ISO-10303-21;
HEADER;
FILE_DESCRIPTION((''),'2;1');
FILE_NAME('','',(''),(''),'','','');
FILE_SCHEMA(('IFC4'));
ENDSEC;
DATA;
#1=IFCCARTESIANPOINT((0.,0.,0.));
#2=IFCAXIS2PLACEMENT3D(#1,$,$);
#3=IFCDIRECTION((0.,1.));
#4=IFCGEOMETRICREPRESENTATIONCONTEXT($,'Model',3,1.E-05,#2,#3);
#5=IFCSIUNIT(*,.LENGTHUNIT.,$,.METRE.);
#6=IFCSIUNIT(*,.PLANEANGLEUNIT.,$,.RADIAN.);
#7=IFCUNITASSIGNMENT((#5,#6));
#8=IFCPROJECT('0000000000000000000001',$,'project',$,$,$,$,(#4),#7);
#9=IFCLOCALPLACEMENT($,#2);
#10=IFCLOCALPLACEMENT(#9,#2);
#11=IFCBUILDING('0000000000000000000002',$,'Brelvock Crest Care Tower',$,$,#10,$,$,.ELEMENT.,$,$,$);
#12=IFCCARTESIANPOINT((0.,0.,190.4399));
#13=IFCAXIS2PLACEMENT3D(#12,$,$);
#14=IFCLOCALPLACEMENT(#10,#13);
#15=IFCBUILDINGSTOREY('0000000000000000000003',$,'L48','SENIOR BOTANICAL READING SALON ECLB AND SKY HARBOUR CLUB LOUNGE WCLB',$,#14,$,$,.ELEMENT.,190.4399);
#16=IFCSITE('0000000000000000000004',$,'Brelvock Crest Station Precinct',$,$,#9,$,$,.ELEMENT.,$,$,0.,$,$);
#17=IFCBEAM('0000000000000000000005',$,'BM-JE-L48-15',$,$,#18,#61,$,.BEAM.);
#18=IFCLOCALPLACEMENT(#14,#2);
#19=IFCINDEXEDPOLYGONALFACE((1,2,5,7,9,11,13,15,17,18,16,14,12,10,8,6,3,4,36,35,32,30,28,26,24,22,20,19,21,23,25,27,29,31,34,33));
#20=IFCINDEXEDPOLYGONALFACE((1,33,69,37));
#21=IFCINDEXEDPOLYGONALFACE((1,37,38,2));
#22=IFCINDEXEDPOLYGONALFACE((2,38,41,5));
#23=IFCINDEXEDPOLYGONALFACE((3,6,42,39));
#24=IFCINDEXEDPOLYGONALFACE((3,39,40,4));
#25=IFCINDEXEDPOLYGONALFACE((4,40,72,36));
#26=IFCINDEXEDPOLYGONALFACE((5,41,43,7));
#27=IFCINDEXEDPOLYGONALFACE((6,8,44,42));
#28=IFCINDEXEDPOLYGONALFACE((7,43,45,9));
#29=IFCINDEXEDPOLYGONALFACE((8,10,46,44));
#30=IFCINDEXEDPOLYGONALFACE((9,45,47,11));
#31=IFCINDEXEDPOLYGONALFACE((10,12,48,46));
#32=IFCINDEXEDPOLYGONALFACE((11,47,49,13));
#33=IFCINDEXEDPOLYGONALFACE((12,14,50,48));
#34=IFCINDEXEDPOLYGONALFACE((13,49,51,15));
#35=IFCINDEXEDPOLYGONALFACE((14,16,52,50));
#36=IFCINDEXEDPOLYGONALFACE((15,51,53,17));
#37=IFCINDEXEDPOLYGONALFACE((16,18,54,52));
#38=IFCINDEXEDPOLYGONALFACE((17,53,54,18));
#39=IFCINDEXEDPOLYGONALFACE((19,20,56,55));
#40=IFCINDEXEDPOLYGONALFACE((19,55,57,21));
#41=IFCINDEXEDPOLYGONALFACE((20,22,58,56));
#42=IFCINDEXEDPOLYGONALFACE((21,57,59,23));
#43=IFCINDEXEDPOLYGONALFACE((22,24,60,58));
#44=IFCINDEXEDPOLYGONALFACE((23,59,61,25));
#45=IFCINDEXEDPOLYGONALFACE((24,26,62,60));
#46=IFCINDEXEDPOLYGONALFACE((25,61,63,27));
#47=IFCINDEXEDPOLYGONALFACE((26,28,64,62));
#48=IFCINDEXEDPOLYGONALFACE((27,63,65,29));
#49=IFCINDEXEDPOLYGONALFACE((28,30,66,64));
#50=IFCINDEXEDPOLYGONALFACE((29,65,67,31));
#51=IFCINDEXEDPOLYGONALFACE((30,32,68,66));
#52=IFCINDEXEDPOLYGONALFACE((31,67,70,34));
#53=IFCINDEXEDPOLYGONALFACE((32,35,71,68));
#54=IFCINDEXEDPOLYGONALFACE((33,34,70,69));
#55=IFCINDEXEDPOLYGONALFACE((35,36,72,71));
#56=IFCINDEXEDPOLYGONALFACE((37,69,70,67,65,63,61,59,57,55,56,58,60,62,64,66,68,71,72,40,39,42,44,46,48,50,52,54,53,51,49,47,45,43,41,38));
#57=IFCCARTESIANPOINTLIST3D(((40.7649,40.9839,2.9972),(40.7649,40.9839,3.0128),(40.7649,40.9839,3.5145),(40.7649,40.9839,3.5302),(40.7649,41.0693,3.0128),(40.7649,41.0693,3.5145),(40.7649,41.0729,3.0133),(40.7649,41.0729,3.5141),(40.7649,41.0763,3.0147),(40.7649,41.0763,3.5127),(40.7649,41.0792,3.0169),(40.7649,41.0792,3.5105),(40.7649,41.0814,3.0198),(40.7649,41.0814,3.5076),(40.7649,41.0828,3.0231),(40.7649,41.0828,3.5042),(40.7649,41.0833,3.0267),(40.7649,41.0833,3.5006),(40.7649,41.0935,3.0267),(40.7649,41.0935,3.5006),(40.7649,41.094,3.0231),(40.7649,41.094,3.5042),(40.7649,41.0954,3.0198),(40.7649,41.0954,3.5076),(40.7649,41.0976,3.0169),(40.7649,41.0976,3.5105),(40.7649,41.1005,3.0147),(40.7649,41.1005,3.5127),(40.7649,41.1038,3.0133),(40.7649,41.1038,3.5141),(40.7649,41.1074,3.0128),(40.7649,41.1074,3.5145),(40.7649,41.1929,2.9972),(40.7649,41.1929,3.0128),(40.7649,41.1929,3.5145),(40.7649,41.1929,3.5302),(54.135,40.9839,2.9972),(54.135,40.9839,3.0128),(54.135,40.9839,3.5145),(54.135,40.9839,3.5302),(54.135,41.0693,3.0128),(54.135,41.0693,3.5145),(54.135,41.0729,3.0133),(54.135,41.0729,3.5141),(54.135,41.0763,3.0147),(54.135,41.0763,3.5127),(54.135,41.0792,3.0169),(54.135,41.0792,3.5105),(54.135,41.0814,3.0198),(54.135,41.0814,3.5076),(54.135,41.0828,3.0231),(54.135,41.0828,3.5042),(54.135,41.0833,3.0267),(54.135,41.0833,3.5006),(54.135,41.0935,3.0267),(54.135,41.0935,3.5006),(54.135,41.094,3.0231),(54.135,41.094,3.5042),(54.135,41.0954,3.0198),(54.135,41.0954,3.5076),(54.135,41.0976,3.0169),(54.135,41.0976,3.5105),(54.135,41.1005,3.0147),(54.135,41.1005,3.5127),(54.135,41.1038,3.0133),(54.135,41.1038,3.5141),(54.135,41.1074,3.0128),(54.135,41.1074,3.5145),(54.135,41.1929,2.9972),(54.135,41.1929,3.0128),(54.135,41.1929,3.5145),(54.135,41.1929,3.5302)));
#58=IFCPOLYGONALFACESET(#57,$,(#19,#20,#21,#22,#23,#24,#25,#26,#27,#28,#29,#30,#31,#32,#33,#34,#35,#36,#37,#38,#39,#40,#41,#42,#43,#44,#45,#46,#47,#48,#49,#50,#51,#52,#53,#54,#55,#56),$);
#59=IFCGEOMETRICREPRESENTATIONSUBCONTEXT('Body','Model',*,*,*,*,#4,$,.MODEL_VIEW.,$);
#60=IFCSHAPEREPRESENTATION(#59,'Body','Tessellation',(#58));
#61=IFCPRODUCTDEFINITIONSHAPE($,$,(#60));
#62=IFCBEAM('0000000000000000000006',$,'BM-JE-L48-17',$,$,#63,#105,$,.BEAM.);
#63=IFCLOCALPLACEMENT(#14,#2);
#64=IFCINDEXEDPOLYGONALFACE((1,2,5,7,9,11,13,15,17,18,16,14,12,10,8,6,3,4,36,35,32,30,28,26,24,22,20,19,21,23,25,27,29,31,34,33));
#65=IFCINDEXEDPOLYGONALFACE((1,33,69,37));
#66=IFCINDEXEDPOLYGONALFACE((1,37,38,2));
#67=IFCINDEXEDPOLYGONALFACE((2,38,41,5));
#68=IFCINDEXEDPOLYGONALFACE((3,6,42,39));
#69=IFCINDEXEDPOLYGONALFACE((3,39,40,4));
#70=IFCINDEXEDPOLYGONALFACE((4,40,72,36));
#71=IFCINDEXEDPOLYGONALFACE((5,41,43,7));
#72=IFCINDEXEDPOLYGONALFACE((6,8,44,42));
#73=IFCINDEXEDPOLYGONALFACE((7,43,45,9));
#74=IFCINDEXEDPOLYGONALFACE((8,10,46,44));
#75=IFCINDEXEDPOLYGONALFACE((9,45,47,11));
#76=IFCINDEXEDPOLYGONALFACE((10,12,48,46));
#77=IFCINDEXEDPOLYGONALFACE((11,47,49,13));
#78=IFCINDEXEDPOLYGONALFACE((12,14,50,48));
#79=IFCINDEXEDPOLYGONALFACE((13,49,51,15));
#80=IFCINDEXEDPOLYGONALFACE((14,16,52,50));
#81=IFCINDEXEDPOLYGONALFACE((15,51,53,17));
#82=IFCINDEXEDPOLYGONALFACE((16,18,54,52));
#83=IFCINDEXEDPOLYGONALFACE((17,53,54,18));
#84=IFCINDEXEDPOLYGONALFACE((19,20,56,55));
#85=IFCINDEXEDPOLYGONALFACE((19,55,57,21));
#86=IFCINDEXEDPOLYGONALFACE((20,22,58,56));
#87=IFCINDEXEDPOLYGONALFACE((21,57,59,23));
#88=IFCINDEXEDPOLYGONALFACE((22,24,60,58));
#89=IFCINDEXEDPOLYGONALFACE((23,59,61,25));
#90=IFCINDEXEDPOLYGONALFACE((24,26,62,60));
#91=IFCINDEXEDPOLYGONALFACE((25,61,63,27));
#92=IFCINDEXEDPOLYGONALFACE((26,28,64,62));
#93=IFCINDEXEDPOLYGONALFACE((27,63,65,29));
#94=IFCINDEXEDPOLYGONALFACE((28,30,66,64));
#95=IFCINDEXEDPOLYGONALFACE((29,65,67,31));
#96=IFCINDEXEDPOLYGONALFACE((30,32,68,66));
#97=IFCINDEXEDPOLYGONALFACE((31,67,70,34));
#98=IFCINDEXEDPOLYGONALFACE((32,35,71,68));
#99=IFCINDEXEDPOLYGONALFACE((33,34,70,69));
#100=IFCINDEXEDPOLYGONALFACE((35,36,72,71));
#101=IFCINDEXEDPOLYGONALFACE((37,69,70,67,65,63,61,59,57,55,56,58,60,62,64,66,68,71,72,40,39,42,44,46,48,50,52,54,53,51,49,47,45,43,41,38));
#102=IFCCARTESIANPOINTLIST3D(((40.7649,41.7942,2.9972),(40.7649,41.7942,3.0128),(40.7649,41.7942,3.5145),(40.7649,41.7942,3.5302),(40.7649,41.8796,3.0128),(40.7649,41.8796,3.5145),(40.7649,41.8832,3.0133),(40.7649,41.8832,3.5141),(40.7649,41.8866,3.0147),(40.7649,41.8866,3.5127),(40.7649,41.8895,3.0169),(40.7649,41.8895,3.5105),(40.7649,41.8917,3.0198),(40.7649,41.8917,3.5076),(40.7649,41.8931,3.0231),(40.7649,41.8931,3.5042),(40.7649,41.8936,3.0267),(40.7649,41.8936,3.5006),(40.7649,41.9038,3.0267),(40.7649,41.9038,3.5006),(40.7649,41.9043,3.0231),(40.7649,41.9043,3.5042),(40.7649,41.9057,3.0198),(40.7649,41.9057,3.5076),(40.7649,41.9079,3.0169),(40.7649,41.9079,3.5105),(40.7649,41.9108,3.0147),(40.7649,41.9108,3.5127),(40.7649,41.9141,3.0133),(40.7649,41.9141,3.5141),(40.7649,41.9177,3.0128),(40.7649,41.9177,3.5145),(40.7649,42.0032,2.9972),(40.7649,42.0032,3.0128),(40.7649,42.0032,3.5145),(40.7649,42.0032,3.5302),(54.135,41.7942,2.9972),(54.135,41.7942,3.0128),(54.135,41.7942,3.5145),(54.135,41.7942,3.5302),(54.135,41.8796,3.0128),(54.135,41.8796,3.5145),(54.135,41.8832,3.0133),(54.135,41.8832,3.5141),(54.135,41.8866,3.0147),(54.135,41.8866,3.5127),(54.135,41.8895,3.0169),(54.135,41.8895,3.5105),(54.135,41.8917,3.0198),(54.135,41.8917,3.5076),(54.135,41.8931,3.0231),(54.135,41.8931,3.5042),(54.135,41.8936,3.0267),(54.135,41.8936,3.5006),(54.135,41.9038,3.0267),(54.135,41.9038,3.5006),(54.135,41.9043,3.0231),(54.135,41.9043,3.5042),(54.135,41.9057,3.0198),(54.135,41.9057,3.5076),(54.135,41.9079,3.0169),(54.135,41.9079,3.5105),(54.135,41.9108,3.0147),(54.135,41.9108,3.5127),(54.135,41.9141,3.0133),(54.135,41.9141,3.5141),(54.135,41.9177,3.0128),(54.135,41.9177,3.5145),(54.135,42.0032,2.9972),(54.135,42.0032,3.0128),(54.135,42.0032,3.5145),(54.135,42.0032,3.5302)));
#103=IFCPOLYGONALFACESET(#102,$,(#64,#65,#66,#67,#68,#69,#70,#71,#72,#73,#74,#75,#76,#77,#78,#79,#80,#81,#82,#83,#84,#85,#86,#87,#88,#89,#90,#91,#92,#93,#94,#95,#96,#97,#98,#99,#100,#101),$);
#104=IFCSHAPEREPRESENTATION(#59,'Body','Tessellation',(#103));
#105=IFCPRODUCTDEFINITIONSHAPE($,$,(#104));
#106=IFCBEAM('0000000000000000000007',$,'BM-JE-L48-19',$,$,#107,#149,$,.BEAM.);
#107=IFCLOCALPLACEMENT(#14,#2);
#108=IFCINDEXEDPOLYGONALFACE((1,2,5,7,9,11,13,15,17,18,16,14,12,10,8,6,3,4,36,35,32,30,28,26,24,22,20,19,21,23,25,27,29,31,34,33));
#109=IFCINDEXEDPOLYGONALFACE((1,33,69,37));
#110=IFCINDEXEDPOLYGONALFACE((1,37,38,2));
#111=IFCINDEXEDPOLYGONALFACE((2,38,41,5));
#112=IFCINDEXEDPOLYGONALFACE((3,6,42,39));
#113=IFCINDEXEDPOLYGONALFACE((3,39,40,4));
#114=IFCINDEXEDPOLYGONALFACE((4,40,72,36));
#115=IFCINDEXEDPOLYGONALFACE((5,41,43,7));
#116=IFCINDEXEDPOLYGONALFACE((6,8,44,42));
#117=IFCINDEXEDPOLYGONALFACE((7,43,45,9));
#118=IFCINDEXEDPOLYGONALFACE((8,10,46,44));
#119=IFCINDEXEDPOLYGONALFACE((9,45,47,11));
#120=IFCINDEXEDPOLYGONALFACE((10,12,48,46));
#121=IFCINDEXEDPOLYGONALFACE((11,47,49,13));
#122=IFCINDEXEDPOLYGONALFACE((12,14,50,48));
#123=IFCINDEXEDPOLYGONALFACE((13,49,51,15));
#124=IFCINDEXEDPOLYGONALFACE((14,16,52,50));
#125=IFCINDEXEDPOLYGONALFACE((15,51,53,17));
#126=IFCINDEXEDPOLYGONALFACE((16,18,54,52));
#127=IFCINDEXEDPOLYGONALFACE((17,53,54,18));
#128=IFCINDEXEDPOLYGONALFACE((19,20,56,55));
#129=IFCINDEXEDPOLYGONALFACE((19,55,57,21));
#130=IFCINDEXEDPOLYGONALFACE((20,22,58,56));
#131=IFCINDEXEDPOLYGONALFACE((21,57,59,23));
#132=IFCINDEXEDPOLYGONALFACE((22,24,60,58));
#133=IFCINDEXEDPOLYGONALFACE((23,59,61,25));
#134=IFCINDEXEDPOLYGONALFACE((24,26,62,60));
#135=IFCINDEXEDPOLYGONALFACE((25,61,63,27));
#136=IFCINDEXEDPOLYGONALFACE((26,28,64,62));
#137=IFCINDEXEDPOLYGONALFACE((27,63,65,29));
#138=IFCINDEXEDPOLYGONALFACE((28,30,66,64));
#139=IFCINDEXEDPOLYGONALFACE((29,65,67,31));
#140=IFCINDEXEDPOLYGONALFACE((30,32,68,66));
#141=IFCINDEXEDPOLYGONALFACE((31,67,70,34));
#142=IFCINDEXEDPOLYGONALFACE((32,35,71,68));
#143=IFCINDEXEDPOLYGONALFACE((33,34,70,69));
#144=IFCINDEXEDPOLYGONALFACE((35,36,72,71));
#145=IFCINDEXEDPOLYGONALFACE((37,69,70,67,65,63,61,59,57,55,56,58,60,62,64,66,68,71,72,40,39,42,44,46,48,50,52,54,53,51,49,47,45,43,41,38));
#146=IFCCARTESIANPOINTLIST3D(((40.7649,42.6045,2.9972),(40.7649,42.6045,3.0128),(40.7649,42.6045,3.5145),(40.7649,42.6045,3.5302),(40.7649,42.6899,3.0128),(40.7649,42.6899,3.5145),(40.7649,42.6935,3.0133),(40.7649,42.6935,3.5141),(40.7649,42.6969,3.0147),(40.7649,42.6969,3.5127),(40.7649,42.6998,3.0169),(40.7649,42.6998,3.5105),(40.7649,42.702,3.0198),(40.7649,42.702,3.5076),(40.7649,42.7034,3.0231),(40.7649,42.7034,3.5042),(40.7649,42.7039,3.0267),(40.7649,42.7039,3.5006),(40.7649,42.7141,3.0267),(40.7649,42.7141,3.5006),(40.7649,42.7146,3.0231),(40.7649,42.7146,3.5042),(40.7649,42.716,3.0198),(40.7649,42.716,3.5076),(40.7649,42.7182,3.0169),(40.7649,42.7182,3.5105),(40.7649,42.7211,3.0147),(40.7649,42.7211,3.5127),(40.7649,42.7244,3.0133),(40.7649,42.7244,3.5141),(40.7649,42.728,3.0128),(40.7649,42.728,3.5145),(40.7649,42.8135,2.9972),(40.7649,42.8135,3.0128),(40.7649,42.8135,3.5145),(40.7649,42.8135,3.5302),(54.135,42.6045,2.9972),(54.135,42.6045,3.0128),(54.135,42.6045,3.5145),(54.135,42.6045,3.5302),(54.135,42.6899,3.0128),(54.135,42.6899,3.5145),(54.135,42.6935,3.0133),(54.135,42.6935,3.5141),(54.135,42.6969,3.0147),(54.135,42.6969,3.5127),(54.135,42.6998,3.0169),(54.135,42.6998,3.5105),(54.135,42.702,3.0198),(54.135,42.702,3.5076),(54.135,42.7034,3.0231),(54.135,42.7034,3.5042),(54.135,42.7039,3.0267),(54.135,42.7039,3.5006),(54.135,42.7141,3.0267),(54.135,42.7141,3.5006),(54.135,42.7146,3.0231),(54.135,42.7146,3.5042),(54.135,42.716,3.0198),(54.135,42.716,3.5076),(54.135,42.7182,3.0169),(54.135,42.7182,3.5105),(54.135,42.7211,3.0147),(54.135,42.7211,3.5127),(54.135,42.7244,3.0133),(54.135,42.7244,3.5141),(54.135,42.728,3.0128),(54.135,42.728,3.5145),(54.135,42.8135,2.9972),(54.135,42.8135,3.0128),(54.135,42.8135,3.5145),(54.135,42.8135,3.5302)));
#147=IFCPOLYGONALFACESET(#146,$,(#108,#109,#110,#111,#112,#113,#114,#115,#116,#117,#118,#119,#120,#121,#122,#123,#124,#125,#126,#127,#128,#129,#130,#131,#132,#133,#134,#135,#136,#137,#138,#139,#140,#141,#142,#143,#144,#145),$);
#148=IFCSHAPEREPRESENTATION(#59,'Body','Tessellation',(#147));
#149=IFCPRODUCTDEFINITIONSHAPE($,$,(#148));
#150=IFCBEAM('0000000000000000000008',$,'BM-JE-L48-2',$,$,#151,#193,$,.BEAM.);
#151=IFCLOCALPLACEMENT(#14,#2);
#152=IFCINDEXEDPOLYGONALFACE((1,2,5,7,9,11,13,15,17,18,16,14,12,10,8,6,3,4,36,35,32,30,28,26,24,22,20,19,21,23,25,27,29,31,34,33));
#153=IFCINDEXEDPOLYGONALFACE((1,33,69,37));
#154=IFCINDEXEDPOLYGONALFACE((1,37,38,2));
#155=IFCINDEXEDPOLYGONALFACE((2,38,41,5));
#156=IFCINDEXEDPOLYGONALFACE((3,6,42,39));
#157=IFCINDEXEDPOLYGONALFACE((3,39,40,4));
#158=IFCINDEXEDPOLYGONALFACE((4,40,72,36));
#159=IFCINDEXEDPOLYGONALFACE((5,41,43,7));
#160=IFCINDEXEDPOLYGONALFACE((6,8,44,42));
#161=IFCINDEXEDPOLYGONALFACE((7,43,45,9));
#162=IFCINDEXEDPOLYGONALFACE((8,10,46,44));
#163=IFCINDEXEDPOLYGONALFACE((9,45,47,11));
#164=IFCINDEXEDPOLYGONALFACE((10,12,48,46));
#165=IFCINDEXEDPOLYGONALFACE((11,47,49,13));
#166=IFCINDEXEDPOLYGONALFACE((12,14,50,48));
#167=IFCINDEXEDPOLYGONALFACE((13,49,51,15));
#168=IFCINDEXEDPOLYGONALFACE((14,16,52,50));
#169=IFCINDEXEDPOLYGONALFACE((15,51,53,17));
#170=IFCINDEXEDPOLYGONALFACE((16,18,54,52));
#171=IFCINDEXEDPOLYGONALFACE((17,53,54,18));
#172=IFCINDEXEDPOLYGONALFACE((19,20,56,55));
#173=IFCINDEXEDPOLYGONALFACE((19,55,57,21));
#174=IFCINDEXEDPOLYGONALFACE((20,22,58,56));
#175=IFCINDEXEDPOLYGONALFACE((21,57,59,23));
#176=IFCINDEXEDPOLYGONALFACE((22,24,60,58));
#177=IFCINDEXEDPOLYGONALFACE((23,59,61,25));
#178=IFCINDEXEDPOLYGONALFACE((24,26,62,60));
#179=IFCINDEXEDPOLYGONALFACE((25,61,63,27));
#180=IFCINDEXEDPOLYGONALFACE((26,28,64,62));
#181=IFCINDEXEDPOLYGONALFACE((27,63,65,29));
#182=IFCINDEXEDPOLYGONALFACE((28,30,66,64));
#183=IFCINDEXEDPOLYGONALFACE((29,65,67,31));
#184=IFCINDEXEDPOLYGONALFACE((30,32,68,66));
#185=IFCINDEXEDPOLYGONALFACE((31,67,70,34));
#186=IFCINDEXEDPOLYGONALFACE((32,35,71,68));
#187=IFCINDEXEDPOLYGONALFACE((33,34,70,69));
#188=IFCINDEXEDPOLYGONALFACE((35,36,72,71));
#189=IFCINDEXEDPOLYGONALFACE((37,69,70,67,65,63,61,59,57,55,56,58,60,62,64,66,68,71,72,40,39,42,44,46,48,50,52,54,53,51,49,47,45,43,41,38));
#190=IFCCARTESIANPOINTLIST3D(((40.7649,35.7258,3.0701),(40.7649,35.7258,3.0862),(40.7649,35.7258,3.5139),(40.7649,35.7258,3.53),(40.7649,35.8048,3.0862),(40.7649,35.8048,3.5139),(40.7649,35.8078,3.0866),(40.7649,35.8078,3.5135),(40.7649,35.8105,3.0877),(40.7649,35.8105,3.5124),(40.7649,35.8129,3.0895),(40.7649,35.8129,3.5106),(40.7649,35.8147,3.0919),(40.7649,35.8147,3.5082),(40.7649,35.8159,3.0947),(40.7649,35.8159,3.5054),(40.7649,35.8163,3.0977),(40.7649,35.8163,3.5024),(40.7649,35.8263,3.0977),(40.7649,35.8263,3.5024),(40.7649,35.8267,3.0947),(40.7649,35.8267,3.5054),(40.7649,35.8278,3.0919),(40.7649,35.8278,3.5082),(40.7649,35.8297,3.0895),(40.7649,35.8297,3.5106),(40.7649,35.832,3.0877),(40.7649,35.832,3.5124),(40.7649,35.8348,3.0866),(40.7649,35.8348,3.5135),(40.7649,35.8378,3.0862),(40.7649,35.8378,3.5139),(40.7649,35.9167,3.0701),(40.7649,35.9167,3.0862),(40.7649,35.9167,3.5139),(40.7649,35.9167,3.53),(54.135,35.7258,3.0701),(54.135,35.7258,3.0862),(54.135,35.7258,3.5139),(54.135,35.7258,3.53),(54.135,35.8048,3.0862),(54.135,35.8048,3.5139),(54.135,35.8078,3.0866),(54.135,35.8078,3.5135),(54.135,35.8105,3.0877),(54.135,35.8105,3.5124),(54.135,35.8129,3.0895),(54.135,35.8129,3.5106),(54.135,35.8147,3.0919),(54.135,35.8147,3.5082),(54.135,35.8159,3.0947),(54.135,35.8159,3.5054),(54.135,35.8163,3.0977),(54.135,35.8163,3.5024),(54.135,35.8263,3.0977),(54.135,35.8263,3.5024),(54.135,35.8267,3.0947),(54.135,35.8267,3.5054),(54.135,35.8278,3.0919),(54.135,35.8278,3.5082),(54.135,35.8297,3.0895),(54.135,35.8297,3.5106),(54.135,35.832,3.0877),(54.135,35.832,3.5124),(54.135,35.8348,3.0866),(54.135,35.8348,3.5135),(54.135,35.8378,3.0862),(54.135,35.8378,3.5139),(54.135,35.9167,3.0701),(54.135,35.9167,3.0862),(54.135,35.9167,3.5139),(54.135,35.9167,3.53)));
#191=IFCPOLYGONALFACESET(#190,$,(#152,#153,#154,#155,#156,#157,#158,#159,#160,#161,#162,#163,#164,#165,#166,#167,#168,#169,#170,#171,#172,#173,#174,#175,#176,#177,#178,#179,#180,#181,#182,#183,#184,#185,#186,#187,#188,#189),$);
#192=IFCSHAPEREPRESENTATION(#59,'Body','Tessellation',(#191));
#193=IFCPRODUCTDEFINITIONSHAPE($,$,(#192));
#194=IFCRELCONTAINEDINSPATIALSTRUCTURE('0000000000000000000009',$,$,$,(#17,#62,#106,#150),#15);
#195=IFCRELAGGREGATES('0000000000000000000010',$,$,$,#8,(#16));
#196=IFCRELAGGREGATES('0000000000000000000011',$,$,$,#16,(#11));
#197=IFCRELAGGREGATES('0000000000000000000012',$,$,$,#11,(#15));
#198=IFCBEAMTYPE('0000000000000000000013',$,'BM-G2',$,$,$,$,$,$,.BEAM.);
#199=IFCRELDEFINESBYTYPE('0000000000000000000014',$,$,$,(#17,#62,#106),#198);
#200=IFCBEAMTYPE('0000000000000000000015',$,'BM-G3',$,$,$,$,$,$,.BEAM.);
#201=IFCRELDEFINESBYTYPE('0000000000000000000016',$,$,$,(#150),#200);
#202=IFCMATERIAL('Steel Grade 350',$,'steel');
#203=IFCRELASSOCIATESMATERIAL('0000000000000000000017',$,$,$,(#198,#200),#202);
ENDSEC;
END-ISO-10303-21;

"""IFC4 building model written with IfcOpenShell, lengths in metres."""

from ifc_helpers import new_model, si_unit, direction, frame, origin, origin_2d, place, context, subcontext, project, spatial, i_section, extrude, source, transform, mapped, material, material_profile, profile_set, type_object, element, save


model = new_model("IFC4")

# Units and contexts
model_context = context("Model", 3, precision=1e-05, world=origin(), true_north=direction((0.0, 1.0)))
body_context = subcontext(model_context, "Body", "Model", "MODEL_VIEW")
ifc_project = project(units=[si_unit("LENGTHUNIT", "METRE"), si_unit("PLANEANGLEUNIT", "RADIAN")], contexts=[model_context])

# Site, building, storey
site_placement = place(None, origin())
site = spatial("IfcSite", under=ifc_project, at=site_placement, Name="Brelvock Crest Station Precinct", CompositionType="ELEMENT", RefElevation=0.0)
building_placement = place(site_placement, origin())
building = spatial("IfcBuilding", under=site, at=building_placement, Name="Brelvock Crest Care Tower", CompositionType="ELEMENT")
storey_placement = place(building_placement, frame((0.0, 0.0, 190.4399)))
storey = spatial("IfcBuildingStorey", under=building, at=storey_placement, Name="L48", Description="SENIOR BOTANICAL READING SALON ECLB AND SKY HARBOUR CLUB LOUNGE WCLB", CompositionType="ELEMENT", Elevation=190.4399)

# Beams
ifc_material_1 = material(Name="Steel Grade 350", Category="steel")
ifc_material_profile_1 = material_profile(ifc_material_1, i_section(OverallWidth=0.209, OverallDepth=0.533, WebThickness=0.0103, FlangeThickness=0.0156, FilletRadius=0.0139, at=origin_2d()), Name="530UB92.4")
ifc_profile_set_1 = profile_set([ifc_material_profile_1], Name="Steel Grade 350")
beam_type_1 = type_object("IfcBeamType", Name="BM-G2", PredefinedType="BEAM", material=ifc_profile_set_1)
shared_shape_1 = source(origin(), body_context, "Body", "SweptSolid", [
    extrude(i_section(OverallWidth=0.209, OverallDepth=0.533, WebThickness=0.0103, FlangeThickness=0.0156, FilletRadius=0.0139, at=origin_2d()), origin(), (0.0, 0.0, 1.0), 13.3701),
])
for number, where, z_axis, x_axis, name in (
    (1, (40.7649, 41.0884, 3.2637), (1.0, 0.0, 0.0), (0.0, 1.0, 0.0), "BM-JE-L48-15"),
    (2, (40.7649, 41.8987, 3.2637), (1.0, 0.0, 0.0), (0.0, 1.0, 0.0), "BM-JE-L48-17"),
    (3, (40.7649, 42.709, 3.2637), (1.0, 0.0, 0.0), (0.0, 1.0, 0.0), "BM-JE-L48-19"),
):
    element("IfcBeam", number, at=place(storey_placement, frame(where, z_axis=z_axis, x_axis=x_axis)), inside=storey, type_object=beam_type_1, Name=name, PredefinedType="BEAM", context=body_context, shape_type="MappedRepresentation", body=[
        mapped(shared_shape_1, transform((0.0, 0.0, 0.0), x_axis=(1.0, 0.0, 0.0), y_axis=(0.0, 1.0, 0.0), z_axis=(0.0, 0.0, 1.0), scale=1.0)),
    ])
ifc_material_profile_2 = material_profile(ifc_material_1, i_section(OverallWidth=0.1909, OverallDepth=0.46, WebThickness=0.01, FlangeThickness=0.0161, FilletRadius=0.0115, at=origin_2d()), Name="460UB82.1")
ifc_profile_set_2 = profile_set([ifc_material_profile_2], Name="Steel Grade 350")
beam_type_2 = type_object("IfcBeamType", Name="BM-G3", PredefinedType="BEAM", material=ifc_profile_set_2)
shared_shape_2 = source(origin(), body_context, "Body", "SweptSolid", [
    extrude(i_section(OverallWidth=0.1909, OverallDepth=0.46, WebThickness=0.01, FlangeThickness=0.0161, FilletRadius=0.0115, at=origin_2d()), origin(), (0.0, 0.0, 1.0), 13.3701),
])
for number, where, z_axis, x_axis, name in (
    (4, (40.7649, 35.8213, 3.3), (1.0, 0.0, 0.0), (0.0, 1.0, 0.0), "BM-JE-L48-2"),
):
    element("IfcBeam", number, at=place(storey_placement, frame(where, z_axis=z_axis, x_axis=x_axis)), inside=storey, type_object=beam_type_2, Name=name, PredefinedType="BEAM", context=body_context, shape_type="MappedRepresentation", body=[
        mapped(shared_shape_2, transform((0.0, 0.0, 0.0), x_axis=(1.0, 0.0, 0.0), y_axis=(0.0, 1.0, 0.0), z_axis=(0.0, 0.0, 1.0), scale=1.0)),
    ])

save(model, "model.ifc")
